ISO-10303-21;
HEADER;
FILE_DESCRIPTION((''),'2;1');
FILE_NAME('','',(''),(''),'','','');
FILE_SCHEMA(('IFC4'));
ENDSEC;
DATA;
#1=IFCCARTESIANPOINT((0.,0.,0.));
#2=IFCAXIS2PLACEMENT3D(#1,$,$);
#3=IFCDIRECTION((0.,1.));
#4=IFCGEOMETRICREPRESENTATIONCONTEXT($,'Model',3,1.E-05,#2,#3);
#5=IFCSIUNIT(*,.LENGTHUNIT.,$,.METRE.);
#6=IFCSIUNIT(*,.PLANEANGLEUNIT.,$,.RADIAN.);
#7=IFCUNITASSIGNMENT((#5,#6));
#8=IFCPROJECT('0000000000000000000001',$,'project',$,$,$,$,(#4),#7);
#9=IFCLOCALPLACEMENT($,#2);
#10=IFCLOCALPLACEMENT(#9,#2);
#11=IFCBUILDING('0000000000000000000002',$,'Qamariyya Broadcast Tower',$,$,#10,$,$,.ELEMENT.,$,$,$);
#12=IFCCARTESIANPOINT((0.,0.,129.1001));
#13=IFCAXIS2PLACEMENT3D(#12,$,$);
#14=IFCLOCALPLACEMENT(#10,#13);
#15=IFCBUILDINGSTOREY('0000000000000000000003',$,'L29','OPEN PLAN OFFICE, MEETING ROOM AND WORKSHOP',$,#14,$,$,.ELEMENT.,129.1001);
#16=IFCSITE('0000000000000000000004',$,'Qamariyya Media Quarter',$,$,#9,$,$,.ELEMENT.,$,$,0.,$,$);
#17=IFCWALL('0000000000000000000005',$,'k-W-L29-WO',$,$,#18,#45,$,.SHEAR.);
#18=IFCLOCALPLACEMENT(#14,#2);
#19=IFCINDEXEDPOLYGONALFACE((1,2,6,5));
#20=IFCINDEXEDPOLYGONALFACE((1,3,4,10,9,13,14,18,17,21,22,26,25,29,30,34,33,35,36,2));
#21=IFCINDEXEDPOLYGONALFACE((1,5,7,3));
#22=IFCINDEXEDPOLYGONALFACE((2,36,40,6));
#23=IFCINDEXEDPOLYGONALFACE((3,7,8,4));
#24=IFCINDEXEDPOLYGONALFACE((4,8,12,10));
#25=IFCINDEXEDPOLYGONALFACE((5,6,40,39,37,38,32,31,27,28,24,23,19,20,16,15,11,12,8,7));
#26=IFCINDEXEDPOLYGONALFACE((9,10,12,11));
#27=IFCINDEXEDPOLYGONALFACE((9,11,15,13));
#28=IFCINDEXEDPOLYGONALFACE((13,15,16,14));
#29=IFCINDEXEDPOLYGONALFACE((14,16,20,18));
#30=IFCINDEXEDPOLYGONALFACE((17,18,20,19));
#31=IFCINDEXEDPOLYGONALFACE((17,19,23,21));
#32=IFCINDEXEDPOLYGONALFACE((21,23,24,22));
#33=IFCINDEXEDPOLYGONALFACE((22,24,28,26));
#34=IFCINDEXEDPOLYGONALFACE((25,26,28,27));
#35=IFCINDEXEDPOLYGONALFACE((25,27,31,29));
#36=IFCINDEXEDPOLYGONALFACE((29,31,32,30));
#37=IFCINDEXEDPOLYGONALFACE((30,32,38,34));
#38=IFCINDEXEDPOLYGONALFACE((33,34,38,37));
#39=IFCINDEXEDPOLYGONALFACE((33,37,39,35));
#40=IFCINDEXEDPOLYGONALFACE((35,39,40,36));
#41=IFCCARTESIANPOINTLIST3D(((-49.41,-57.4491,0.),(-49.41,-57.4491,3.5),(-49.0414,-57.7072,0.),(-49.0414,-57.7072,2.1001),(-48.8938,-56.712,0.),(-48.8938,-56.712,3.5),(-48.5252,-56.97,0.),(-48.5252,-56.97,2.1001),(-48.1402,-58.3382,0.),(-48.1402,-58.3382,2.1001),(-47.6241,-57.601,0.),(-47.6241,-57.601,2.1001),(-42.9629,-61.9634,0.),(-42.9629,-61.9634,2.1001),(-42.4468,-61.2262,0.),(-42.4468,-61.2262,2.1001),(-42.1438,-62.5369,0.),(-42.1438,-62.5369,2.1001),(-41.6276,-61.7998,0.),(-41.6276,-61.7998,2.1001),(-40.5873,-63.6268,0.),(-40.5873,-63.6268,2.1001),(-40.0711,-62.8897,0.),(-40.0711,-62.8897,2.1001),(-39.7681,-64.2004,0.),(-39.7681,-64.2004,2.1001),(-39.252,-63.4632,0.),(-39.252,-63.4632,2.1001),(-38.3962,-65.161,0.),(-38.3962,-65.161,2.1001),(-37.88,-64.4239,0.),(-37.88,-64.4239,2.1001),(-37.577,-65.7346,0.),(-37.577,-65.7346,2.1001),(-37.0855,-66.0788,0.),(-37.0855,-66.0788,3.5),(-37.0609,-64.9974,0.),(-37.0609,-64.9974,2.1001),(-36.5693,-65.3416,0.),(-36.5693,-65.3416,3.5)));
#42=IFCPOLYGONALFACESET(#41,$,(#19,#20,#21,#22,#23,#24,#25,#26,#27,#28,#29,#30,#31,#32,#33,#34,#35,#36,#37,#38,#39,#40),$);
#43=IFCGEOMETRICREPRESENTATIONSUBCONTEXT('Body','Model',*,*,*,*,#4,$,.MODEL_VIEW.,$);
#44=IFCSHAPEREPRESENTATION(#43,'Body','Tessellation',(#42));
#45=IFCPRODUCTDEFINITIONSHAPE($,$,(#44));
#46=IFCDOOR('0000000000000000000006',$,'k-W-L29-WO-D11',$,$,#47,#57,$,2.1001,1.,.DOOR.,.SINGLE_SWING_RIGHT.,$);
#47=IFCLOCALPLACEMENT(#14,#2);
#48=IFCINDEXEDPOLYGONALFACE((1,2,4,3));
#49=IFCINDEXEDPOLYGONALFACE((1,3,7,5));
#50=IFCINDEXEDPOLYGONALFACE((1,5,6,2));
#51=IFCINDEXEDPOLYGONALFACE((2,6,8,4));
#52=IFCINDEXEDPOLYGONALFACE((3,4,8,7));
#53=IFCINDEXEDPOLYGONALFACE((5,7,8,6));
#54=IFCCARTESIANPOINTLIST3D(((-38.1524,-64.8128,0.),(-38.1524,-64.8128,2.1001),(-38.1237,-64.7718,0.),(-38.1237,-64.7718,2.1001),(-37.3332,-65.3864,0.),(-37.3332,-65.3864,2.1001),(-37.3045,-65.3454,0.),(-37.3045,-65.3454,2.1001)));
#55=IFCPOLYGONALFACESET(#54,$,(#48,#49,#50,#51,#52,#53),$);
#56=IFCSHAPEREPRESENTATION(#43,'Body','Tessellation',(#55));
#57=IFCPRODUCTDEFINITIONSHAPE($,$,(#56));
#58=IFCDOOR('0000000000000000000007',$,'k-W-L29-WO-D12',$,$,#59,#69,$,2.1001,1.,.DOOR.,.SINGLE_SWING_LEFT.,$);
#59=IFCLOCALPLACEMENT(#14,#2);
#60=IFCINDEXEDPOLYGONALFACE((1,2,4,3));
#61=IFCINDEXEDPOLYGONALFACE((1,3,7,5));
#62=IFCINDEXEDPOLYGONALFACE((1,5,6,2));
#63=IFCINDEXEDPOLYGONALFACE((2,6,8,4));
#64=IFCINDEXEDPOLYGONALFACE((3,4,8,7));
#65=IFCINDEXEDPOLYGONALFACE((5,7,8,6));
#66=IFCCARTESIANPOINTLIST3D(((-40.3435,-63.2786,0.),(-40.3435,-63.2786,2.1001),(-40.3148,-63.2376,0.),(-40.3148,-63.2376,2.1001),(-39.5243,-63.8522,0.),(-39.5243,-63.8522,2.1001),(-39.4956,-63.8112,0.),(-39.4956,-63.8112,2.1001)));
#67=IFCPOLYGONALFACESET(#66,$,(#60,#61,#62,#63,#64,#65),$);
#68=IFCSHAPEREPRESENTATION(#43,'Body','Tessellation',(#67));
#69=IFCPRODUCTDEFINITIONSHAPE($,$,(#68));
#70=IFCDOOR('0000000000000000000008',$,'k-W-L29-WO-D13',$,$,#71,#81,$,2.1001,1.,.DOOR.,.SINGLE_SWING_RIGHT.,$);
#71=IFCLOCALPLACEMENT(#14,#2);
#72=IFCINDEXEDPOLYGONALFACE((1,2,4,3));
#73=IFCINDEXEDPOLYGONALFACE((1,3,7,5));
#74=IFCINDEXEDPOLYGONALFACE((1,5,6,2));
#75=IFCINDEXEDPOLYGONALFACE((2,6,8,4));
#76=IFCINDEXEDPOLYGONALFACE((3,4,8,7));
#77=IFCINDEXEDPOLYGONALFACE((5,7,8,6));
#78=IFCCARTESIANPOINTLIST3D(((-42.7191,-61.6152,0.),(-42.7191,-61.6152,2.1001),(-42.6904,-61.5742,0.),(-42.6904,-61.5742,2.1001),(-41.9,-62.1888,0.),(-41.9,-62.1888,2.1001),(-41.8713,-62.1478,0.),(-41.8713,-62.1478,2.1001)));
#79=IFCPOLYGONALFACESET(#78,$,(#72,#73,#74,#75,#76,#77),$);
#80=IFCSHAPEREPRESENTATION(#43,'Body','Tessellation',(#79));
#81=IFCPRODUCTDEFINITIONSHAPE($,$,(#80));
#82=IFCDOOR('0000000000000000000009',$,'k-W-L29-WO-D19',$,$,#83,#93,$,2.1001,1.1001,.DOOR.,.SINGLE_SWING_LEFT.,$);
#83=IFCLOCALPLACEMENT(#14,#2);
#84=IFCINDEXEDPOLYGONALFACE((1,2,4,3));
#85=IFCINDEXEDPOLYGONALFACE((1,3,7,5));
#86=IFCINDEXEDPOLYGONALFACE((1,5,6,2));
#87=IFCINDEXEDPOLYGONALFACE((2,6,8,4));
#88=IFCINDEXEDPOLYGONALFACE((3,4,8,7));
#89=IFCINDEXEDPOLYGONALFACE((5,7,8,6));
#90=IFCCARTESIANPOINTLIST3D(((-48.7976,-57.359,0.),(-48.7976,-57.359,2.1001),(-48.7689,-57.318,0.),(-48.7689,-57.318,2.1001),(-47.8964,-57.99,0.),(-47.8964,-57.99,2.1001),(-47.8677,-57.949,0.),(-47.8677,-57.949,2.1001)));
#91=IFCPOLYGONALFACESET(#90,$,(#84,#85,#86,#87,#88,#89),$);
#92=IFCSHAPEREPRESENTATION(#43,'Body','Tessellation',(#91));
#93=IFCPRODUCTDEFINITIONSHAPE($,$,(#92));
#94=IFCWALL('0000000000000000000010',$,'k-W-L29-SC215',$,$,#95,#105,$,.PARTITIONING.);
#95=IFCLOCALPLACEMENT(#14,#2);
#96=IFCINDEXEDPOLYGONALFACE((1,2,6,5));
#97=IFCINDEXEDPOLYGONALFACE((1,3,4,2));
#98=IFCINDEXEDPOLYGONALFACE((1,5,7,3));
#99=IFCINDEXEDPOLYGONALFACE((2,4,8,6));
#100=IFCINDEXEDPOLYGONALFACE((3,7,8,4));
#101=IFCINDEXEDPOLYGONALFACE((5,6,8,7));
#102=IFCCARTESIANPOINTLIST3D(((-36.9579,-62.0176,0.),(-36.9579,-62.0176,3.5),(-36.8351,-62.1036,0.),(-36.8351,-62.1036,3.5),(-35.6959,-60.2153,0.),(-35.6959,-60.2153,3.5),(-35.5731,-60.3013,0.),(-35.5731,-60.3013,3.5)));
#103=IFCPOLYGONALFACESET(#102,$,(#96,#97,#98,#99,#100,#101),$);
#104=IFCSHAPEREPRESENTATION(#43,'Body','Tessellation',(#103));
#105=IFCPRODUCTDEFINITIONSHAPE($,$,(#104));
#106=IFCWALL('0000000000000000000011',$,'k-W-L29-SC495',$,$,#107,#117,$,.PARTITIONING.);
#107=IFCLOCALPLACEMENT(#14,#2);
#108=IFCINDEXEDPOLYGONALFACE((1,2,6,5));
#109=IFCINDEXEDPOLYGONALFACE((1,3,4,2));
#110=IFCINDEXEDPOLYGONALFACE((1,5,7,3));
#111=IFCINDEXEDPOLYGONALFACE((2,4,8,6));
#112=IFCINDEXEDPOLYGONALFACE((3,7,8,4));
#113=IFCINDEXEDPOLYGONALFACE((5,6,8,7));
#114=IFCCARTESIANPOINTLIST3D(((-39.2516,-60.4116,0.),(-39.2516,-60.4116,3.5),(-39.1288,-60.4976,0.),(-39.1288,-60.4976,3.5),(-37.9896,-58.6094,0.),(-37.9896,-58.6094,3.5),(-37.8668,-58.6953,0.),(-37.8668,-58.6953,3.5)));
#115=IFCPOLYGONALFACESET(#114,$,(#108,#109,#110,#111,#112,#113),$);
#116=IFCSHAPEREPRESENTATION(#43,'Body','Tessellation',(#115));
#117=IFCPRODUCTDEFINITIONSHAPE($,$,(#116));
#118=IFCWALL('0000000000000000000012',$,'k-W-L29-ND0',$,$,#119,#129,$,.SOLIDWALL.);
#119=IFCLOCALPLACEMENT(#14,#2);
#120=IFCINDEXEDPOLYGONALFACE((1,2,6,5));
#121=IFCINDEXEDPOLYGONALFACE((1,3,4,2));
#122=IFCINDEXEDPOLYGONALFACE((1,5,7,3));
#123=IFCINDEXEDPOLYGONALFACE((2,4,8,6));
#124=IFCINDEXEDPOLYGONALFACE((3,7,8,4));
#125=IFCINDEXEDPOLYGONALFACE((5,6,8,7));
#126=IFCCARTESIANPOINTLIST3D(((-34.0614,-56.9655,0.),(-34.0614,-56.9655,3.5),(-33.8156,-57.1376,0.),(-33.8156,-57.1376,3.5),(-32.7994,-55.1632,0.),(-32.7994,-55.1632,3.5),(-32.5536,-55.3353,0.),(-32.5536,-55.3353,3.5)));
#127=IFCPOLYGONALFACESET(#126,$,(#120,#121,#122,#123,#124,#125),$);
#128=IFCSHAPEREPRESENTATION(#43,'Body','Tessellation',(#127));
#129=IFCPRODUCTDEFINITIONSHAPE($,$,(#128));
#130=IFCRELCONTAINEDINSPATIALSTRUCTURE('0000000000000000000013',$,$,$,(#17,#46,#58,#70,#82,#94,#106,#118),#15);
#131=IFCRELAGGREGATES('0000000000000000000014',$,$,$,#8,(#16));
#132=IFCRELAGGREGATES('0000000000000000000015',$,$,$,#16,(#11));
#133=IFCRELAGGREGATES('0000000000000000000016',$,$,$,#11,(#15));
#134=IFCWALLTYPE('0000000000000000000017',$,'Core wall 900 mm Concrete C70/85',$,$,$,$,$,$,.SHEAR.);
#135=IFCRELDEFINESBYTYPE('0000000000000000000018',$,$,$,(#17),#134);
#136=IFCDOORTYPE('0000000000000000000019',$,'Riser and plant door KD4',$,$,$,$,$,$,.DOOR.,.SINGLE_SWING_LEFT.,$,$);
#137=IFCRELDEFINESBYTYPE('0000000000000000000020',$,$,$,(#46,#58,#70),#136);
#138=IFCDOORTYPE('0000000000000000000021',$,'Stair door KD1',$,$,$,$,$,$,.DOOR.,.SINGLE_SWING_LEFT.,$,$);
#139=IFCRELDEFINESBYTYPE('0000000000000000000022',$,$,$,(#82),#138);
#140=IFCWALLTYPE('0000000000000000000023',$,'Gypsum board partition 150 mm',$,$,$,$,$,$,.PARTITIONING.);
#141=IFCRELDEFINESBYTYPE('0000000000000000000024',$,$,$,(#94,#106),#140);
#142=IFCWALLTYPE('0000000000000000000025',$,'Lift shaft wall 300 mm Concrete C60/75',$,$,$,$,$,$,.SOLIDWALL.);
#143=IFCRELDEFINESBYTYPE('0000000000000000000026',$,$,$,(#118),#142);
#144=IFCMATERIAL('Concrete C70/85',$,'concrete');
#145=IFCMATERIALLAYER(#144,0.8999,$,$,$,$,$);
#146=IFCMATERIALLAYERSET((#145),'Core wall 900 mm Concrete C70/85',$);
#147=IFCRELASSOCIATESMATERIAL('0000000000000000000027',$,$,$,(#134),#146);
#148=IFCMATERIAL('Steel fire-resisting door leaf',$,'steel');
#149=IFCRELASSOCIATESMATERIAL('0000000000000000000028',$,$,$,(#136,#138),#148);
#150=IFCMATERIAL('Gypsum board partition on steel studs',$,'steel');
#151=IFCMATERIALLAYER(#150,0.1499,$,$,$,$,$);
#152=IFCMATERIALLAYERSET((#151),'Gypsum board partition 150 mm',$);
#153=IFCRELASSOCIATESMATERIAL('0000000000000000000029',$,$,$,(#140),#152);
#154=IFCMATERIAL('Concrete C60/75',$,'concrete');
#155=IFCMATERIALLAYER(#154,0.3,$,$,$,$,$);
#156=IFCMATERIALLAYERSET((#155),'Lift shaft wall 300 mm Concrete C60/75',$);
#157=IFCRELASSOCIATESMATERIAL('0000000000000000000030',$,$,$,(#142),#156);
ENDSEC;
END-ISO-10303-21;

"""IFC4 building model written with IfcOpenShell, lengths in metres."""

from ifc_helpers import new_model, si_unit, direction, frame, frame_2d, origin, place, context, subcontext, project, spatial, rectangle, extrude, material, layer, layer_set, type_object, element, fill, save


model = new_model("IFC4")

# Units and contexts
model_context = context("Model", 3, precision=1e-05, world=origin(), true_north=direction((0.0, 1.0)))
body_context = subcontext(model_context, "Body", "Model", "MODEL_VIEW")
ifc_project = project(units=[si_unit("LENGTHUNIT", "METRE"), si_unit("PLANEANGLEUNIT", "RADIAN")], contexts=[model_context])

# Site, building, storey
site_placement = place(None, origin())
site = spatial("IfcSite", under=ifc_project, at=site_placement, Name="Qamariyya Media Quarter", CompositionType="ELEMENT", RefElevation=0.0)
building_placement = place(site_placement, origin())
building = spatial("IfcBuilding", under=site, at=building_placement, Name="Qamariyya Broadcast Tower", CompositionType="ELEMENT")
storey_placement = place(building_placement, frame((0.0, 0.0, 129.1001)))
storey = spatial("IfcBuildingStorey", under=building, at=storey_placement, Name="L29", Description="OPEN PLAN OFFICE, MEETING ROOM AND WORKSHOP", CompositionType="ELEMENT", Elevation=129.1001)

# Shared definitions
ifc_material_1 = material(Name="Concrete C70/85", Category="concrete")

# Shared definitions
ifc_layer_1 = layer(ifc_material_1, 0.8999)
ifc_layer_set_1 = layer_set([ifc_layer_1], Name="Core wall 900 mm Concrete C70/85")
wall_type_1 = type_object("IfcWallType", Name="Core wall 900 mm Concrete C70/85", PredefinedType="SHEAR", material=ifc_layer_set_1)
ifc_material_2 = material(Name="Steel fire-resisting door leaf", Category="steel")

# Wall, openings, doors
wall_1_placement = place(storey_placement, frame((-36.8274, -65.7102, 0.0), z_axis=(0.0, 0.0, 1.0), x_axis=(-0.819153, 0.573575, 0.0)))
wall_1 = element("IfcWall", 1, at=wall_1_placement, inside=storey, type_object=wall_type_1, Name="k-W-L29-WO", PredefinedType="SHEAR", context=body_context, shape_type="SweptSolid", body=[
    extrude(rectangle(XDim=15.0454, YDim=0.8999, at=frame_2d((7.5227, 0.0))), origin(), (0.0, 0.0, 1.0), 3.5),
])
opening_1_placement = place(wall_1_placement, frame((0.6001, 0.0, 0.0)))
opening_1 = element("IfcOpeningElement", 2, at=opening_1_placement, cuts=wall_1, PredefinedType="OPENING", context=body_context, shape_type="SweptSolid", body=[
    extrude(rectangle(XDim=1.0, YDim=2.1001, at=frame_2d((0.5, 1.05))), frame((0.0, 0.46, 0.0), z_axis=(0.0, -1.0, 0.0), x_axis=(1.0, 0.0, 0.0)), (0.0, 0.0, 1.0), 0.9199),
])
opening_2_placement = place(wall_1_placement, frame((3.2749, 0.0, 0.0)))
opening_2 = element("IfcOpeningElement", 3, at=opening_2_placement, cuts=wall_1, PredefinedType="OPENING", context=body_context, shape_type="SweptSolid", body=[
    extrude(rectangle(XDim=1.0, YDim=2.1001, at=frame_2d((0.5, 1.05))), frame((0.0, 0.46, 0.0), z_axis=(0.0, -1.0, 0.0), x_axis=(1.0, 0.0, 0.0)), (0.0, 0.0, 1.0), 0.9199),
])
opening_3_placement = place(wall_1_placement, frame((6.175, 0.0, 0.0)))
opening_3 = element("IfcOpeningElement", 4, at=opening_3_placement, cuts=wall_1, PredefinedType="OPENING", context=body_context, shape_type="SweptSolid", body=[
    extrude(rectangle(XDim=1.0, YDim=2.1001, at=frame_2d((0.5, 1.05))), frame((0.0, 0.46, 0.0), z_axis=(0.0, -1.0, 0.0), x_axis=(1.0, 0.0, 0.0)), (0.0, 0.0, 1.0), 0.9199),
])
opening_4_placement = place(wall_1_placement, frame((13.4954, 0.0, 0.0)))
opening_4 = element("IfcOpeningElement", 5, at=opening_4_placement, cuts=wall_1, PredefinedType="OPENING", context=body_context, shape_type="SweptSolid", body=[
    extrude(rectangle(XDim=1.1001, YDim=2.1001, at=frame_2d((0.55, 1.05))), frame((0.0, 0.46, 0.0), z_axis=(0.0, -1.0, 0.0), x_axis=(1.0, 0.0, 0.0)), (0.0, 0.0, 1.0), 0.9199),
])
door_type_1 = type_object("IfcDoorType", Name="Riser and plant door KD4", OperationType="SINGLE_SWING_LEFT", PredefinedType="DOOR", material=ifc_material_2)
door_1_placement = place(opening_1_placement, origin())
door_1 = element("IfcDoor", 6, at=door_1_placement, inside=storey, type_object=door_type_1, Name="k-W-L29-WO-D11", OperationType="SINGLE_SWING_RIGHT", OverallHeight=2.1001, OverallWidth=1.0, PredefinedType="DOOR", context=body_context, shape_type="SweptSolid", body=[
    extrude(rectangle(XDim=1.0, YDim=2.1001, at=frame_2d((0.5, 1.05))), frame((0.0, 0.0249, 0.0), z_axis=(0.0, -1.0, 0.0), x_axis=(1.0, 0.0, 0.0)), (0.0, 0.0, 1.0), 0.05),
])
fill(opening_1, door_1)
door_2_placement = place(opening_2_placement, origin())
door_2 = element("IfcDoor", 7, at=door_2_placement, inside=storey, type_object=door_type_1, Name="k-W-L29-WO-D12", OperationType="SINGLE_SWING_LEFT", OverallHeight=2.1001, OverallWidth=1.0, PredefinedType="DOOR", context=body_context, shape_type="SweptSolid", body=[
    extrude(rectangle(XDim=1.0, YDim=2.1001, at=frame_2d((0.5, 1.05))), frame((0.0, 0.0249, 0.0), z_axis=(0.0, -1.0, 0.0), x_axis=(1.0, 0.0, 0.0)), (0.0, 0.0, 1.0), 0.05),
])
fill(opening_2, door_2)
door_3_placement = place(opening_3_placement, origin())
door_3 = element("IfcDoor", 8, at=door_3_placement, inside=storey, type_object=door_type_1, Name="k-W-L29-WO-D13", OperationType="SINGLE_SWING_RIGHT", OverallHeight=2.1001, OverallWidth=1.0, PredefinedType="DOOR", context=body_context, shape_type="SweptSolid", body=[
    extrude(rectangle(XDim=1.0, YDim=2.1001, at=frame_2d((0.5, 1.05))), frame((0.0, 0.0249, 0.0), z_axis=(0.0, -1.0, 0.0), x_axis=(1.0, 0.0, 0.0)), (0.0, 0.0, 1.0), 0.05),
])
fill(opening_3, door_3)
door_type_2 = type_object("IfcDoorType", Name="Stair door KD1", OperationType="SINGLE_SWING_LEFT", PredefinedType="DOOR", material=ifc_material_2)
door_4_placement = place(opening_4_placement, origin())
door_4 = element("IfcDoor", 9, at=door_4_placement, inside=storey, type_object=door_type_2, Name="k-W-L29-WO-D19", OperationType="SINGLE_SWING_LEFT", OverallHeight=2.1001, OverallWidth=1.1001, PredefinedType="DOOR", context=body_context, shape_type="SweptSolid", body=[
    extrude(rectangle(XDim=1.1001, YDim=2.1001, at=frame_2d((0.55, 1.05))), frame((0.0, 0.0249, 0.0), z_axis=(0.0, -1.0, 0.0), x_axis=(1.0, 0.0, 0.0)), (0.0, 0.0, 1.0), 0.05),
])
fill(opening_4, door_4)

# Walls
ifc_material_3 = material(Name="Gypsum board partition on steel studs", Category="steel")
ifc_layer_2 = layer(ifc_material_3, 0.1499)
ifc_layer_set_2 = layer_set([ifc_layer_2], Name="Gypsum board partition 150 mm")
wall_type_2 = type_object("IfcWallType", Name="Gypsum board partition 150 mm", PredefinedType="PARTITIONING", material=ifc_layer_set_2)
for number, where, z_axis, x_axis, name in (
    (10, (-35.6345, -60.2583, 0.0), (0.0, 0.0, 1.0), (-0.573581, -0.819149, 0.0), "k-W-L29-SC215"),
    (11, (-37.9282, -58.6523, 0.0), (0.0, 0.0, 1.0), (-0.573581, -0.819149, 0.0), "k-W-L29-SC495"),
):
    element("IfcWall", number, at=place(storey_placement, frame(where, z_axis=z_axis, x_axis=x_axis)), inside=storey, type_object=wall_type_2, Name=name, PredefinedType="PARTITIONING", context=body_context, shape_type="SweptSolid", body=[
        extrude(rectangle(XDim=2.2002, YDim=0.1499, at=frame_2d((1.1001, 0.0))), origin(), (0.0, 0.0, 1.0), 3.5),
    ])
ifc_material_4 = material(Name="Concrete C60/75", Category="concrete")
ifc_layer_3 = layer(ifc_material_4, 0.3)
ifc_layer_set_3 = layer_set([ifc_layer_3], Name="Lift shaft wall 300 mm Concrete C60/75")
wall_type_3 = type_object("IfcWallType", Name="Lift shaft wall 300 mm Concrete C60/75", PredefinedType="SOLIDWALL", material=ifc_layer_set_3)
wall_2_placement = place(storey_placement, frame((-33.9385, -57.0515, 0.0), z_axis=(0.0, 0.0, 1.0), x_axis=(0.573581, 0.819149, 0.0)))
element("IfcWall", 12, at=wall_2_placement, inside=storey, type_object=wall_type_3, Name="k-W-L29-ND0", PredefinedType="SOLIDWALL", context=body_context, shape_type="SweptSolid", body=[
    extrude(rectangle(XDim=2.2002, YDim=0.3, at=frame_2d((1.1001, 0.0))), origin(), (0.0, 0.0, 1.0), 3.5),
])

save(model, "model.ifc")
